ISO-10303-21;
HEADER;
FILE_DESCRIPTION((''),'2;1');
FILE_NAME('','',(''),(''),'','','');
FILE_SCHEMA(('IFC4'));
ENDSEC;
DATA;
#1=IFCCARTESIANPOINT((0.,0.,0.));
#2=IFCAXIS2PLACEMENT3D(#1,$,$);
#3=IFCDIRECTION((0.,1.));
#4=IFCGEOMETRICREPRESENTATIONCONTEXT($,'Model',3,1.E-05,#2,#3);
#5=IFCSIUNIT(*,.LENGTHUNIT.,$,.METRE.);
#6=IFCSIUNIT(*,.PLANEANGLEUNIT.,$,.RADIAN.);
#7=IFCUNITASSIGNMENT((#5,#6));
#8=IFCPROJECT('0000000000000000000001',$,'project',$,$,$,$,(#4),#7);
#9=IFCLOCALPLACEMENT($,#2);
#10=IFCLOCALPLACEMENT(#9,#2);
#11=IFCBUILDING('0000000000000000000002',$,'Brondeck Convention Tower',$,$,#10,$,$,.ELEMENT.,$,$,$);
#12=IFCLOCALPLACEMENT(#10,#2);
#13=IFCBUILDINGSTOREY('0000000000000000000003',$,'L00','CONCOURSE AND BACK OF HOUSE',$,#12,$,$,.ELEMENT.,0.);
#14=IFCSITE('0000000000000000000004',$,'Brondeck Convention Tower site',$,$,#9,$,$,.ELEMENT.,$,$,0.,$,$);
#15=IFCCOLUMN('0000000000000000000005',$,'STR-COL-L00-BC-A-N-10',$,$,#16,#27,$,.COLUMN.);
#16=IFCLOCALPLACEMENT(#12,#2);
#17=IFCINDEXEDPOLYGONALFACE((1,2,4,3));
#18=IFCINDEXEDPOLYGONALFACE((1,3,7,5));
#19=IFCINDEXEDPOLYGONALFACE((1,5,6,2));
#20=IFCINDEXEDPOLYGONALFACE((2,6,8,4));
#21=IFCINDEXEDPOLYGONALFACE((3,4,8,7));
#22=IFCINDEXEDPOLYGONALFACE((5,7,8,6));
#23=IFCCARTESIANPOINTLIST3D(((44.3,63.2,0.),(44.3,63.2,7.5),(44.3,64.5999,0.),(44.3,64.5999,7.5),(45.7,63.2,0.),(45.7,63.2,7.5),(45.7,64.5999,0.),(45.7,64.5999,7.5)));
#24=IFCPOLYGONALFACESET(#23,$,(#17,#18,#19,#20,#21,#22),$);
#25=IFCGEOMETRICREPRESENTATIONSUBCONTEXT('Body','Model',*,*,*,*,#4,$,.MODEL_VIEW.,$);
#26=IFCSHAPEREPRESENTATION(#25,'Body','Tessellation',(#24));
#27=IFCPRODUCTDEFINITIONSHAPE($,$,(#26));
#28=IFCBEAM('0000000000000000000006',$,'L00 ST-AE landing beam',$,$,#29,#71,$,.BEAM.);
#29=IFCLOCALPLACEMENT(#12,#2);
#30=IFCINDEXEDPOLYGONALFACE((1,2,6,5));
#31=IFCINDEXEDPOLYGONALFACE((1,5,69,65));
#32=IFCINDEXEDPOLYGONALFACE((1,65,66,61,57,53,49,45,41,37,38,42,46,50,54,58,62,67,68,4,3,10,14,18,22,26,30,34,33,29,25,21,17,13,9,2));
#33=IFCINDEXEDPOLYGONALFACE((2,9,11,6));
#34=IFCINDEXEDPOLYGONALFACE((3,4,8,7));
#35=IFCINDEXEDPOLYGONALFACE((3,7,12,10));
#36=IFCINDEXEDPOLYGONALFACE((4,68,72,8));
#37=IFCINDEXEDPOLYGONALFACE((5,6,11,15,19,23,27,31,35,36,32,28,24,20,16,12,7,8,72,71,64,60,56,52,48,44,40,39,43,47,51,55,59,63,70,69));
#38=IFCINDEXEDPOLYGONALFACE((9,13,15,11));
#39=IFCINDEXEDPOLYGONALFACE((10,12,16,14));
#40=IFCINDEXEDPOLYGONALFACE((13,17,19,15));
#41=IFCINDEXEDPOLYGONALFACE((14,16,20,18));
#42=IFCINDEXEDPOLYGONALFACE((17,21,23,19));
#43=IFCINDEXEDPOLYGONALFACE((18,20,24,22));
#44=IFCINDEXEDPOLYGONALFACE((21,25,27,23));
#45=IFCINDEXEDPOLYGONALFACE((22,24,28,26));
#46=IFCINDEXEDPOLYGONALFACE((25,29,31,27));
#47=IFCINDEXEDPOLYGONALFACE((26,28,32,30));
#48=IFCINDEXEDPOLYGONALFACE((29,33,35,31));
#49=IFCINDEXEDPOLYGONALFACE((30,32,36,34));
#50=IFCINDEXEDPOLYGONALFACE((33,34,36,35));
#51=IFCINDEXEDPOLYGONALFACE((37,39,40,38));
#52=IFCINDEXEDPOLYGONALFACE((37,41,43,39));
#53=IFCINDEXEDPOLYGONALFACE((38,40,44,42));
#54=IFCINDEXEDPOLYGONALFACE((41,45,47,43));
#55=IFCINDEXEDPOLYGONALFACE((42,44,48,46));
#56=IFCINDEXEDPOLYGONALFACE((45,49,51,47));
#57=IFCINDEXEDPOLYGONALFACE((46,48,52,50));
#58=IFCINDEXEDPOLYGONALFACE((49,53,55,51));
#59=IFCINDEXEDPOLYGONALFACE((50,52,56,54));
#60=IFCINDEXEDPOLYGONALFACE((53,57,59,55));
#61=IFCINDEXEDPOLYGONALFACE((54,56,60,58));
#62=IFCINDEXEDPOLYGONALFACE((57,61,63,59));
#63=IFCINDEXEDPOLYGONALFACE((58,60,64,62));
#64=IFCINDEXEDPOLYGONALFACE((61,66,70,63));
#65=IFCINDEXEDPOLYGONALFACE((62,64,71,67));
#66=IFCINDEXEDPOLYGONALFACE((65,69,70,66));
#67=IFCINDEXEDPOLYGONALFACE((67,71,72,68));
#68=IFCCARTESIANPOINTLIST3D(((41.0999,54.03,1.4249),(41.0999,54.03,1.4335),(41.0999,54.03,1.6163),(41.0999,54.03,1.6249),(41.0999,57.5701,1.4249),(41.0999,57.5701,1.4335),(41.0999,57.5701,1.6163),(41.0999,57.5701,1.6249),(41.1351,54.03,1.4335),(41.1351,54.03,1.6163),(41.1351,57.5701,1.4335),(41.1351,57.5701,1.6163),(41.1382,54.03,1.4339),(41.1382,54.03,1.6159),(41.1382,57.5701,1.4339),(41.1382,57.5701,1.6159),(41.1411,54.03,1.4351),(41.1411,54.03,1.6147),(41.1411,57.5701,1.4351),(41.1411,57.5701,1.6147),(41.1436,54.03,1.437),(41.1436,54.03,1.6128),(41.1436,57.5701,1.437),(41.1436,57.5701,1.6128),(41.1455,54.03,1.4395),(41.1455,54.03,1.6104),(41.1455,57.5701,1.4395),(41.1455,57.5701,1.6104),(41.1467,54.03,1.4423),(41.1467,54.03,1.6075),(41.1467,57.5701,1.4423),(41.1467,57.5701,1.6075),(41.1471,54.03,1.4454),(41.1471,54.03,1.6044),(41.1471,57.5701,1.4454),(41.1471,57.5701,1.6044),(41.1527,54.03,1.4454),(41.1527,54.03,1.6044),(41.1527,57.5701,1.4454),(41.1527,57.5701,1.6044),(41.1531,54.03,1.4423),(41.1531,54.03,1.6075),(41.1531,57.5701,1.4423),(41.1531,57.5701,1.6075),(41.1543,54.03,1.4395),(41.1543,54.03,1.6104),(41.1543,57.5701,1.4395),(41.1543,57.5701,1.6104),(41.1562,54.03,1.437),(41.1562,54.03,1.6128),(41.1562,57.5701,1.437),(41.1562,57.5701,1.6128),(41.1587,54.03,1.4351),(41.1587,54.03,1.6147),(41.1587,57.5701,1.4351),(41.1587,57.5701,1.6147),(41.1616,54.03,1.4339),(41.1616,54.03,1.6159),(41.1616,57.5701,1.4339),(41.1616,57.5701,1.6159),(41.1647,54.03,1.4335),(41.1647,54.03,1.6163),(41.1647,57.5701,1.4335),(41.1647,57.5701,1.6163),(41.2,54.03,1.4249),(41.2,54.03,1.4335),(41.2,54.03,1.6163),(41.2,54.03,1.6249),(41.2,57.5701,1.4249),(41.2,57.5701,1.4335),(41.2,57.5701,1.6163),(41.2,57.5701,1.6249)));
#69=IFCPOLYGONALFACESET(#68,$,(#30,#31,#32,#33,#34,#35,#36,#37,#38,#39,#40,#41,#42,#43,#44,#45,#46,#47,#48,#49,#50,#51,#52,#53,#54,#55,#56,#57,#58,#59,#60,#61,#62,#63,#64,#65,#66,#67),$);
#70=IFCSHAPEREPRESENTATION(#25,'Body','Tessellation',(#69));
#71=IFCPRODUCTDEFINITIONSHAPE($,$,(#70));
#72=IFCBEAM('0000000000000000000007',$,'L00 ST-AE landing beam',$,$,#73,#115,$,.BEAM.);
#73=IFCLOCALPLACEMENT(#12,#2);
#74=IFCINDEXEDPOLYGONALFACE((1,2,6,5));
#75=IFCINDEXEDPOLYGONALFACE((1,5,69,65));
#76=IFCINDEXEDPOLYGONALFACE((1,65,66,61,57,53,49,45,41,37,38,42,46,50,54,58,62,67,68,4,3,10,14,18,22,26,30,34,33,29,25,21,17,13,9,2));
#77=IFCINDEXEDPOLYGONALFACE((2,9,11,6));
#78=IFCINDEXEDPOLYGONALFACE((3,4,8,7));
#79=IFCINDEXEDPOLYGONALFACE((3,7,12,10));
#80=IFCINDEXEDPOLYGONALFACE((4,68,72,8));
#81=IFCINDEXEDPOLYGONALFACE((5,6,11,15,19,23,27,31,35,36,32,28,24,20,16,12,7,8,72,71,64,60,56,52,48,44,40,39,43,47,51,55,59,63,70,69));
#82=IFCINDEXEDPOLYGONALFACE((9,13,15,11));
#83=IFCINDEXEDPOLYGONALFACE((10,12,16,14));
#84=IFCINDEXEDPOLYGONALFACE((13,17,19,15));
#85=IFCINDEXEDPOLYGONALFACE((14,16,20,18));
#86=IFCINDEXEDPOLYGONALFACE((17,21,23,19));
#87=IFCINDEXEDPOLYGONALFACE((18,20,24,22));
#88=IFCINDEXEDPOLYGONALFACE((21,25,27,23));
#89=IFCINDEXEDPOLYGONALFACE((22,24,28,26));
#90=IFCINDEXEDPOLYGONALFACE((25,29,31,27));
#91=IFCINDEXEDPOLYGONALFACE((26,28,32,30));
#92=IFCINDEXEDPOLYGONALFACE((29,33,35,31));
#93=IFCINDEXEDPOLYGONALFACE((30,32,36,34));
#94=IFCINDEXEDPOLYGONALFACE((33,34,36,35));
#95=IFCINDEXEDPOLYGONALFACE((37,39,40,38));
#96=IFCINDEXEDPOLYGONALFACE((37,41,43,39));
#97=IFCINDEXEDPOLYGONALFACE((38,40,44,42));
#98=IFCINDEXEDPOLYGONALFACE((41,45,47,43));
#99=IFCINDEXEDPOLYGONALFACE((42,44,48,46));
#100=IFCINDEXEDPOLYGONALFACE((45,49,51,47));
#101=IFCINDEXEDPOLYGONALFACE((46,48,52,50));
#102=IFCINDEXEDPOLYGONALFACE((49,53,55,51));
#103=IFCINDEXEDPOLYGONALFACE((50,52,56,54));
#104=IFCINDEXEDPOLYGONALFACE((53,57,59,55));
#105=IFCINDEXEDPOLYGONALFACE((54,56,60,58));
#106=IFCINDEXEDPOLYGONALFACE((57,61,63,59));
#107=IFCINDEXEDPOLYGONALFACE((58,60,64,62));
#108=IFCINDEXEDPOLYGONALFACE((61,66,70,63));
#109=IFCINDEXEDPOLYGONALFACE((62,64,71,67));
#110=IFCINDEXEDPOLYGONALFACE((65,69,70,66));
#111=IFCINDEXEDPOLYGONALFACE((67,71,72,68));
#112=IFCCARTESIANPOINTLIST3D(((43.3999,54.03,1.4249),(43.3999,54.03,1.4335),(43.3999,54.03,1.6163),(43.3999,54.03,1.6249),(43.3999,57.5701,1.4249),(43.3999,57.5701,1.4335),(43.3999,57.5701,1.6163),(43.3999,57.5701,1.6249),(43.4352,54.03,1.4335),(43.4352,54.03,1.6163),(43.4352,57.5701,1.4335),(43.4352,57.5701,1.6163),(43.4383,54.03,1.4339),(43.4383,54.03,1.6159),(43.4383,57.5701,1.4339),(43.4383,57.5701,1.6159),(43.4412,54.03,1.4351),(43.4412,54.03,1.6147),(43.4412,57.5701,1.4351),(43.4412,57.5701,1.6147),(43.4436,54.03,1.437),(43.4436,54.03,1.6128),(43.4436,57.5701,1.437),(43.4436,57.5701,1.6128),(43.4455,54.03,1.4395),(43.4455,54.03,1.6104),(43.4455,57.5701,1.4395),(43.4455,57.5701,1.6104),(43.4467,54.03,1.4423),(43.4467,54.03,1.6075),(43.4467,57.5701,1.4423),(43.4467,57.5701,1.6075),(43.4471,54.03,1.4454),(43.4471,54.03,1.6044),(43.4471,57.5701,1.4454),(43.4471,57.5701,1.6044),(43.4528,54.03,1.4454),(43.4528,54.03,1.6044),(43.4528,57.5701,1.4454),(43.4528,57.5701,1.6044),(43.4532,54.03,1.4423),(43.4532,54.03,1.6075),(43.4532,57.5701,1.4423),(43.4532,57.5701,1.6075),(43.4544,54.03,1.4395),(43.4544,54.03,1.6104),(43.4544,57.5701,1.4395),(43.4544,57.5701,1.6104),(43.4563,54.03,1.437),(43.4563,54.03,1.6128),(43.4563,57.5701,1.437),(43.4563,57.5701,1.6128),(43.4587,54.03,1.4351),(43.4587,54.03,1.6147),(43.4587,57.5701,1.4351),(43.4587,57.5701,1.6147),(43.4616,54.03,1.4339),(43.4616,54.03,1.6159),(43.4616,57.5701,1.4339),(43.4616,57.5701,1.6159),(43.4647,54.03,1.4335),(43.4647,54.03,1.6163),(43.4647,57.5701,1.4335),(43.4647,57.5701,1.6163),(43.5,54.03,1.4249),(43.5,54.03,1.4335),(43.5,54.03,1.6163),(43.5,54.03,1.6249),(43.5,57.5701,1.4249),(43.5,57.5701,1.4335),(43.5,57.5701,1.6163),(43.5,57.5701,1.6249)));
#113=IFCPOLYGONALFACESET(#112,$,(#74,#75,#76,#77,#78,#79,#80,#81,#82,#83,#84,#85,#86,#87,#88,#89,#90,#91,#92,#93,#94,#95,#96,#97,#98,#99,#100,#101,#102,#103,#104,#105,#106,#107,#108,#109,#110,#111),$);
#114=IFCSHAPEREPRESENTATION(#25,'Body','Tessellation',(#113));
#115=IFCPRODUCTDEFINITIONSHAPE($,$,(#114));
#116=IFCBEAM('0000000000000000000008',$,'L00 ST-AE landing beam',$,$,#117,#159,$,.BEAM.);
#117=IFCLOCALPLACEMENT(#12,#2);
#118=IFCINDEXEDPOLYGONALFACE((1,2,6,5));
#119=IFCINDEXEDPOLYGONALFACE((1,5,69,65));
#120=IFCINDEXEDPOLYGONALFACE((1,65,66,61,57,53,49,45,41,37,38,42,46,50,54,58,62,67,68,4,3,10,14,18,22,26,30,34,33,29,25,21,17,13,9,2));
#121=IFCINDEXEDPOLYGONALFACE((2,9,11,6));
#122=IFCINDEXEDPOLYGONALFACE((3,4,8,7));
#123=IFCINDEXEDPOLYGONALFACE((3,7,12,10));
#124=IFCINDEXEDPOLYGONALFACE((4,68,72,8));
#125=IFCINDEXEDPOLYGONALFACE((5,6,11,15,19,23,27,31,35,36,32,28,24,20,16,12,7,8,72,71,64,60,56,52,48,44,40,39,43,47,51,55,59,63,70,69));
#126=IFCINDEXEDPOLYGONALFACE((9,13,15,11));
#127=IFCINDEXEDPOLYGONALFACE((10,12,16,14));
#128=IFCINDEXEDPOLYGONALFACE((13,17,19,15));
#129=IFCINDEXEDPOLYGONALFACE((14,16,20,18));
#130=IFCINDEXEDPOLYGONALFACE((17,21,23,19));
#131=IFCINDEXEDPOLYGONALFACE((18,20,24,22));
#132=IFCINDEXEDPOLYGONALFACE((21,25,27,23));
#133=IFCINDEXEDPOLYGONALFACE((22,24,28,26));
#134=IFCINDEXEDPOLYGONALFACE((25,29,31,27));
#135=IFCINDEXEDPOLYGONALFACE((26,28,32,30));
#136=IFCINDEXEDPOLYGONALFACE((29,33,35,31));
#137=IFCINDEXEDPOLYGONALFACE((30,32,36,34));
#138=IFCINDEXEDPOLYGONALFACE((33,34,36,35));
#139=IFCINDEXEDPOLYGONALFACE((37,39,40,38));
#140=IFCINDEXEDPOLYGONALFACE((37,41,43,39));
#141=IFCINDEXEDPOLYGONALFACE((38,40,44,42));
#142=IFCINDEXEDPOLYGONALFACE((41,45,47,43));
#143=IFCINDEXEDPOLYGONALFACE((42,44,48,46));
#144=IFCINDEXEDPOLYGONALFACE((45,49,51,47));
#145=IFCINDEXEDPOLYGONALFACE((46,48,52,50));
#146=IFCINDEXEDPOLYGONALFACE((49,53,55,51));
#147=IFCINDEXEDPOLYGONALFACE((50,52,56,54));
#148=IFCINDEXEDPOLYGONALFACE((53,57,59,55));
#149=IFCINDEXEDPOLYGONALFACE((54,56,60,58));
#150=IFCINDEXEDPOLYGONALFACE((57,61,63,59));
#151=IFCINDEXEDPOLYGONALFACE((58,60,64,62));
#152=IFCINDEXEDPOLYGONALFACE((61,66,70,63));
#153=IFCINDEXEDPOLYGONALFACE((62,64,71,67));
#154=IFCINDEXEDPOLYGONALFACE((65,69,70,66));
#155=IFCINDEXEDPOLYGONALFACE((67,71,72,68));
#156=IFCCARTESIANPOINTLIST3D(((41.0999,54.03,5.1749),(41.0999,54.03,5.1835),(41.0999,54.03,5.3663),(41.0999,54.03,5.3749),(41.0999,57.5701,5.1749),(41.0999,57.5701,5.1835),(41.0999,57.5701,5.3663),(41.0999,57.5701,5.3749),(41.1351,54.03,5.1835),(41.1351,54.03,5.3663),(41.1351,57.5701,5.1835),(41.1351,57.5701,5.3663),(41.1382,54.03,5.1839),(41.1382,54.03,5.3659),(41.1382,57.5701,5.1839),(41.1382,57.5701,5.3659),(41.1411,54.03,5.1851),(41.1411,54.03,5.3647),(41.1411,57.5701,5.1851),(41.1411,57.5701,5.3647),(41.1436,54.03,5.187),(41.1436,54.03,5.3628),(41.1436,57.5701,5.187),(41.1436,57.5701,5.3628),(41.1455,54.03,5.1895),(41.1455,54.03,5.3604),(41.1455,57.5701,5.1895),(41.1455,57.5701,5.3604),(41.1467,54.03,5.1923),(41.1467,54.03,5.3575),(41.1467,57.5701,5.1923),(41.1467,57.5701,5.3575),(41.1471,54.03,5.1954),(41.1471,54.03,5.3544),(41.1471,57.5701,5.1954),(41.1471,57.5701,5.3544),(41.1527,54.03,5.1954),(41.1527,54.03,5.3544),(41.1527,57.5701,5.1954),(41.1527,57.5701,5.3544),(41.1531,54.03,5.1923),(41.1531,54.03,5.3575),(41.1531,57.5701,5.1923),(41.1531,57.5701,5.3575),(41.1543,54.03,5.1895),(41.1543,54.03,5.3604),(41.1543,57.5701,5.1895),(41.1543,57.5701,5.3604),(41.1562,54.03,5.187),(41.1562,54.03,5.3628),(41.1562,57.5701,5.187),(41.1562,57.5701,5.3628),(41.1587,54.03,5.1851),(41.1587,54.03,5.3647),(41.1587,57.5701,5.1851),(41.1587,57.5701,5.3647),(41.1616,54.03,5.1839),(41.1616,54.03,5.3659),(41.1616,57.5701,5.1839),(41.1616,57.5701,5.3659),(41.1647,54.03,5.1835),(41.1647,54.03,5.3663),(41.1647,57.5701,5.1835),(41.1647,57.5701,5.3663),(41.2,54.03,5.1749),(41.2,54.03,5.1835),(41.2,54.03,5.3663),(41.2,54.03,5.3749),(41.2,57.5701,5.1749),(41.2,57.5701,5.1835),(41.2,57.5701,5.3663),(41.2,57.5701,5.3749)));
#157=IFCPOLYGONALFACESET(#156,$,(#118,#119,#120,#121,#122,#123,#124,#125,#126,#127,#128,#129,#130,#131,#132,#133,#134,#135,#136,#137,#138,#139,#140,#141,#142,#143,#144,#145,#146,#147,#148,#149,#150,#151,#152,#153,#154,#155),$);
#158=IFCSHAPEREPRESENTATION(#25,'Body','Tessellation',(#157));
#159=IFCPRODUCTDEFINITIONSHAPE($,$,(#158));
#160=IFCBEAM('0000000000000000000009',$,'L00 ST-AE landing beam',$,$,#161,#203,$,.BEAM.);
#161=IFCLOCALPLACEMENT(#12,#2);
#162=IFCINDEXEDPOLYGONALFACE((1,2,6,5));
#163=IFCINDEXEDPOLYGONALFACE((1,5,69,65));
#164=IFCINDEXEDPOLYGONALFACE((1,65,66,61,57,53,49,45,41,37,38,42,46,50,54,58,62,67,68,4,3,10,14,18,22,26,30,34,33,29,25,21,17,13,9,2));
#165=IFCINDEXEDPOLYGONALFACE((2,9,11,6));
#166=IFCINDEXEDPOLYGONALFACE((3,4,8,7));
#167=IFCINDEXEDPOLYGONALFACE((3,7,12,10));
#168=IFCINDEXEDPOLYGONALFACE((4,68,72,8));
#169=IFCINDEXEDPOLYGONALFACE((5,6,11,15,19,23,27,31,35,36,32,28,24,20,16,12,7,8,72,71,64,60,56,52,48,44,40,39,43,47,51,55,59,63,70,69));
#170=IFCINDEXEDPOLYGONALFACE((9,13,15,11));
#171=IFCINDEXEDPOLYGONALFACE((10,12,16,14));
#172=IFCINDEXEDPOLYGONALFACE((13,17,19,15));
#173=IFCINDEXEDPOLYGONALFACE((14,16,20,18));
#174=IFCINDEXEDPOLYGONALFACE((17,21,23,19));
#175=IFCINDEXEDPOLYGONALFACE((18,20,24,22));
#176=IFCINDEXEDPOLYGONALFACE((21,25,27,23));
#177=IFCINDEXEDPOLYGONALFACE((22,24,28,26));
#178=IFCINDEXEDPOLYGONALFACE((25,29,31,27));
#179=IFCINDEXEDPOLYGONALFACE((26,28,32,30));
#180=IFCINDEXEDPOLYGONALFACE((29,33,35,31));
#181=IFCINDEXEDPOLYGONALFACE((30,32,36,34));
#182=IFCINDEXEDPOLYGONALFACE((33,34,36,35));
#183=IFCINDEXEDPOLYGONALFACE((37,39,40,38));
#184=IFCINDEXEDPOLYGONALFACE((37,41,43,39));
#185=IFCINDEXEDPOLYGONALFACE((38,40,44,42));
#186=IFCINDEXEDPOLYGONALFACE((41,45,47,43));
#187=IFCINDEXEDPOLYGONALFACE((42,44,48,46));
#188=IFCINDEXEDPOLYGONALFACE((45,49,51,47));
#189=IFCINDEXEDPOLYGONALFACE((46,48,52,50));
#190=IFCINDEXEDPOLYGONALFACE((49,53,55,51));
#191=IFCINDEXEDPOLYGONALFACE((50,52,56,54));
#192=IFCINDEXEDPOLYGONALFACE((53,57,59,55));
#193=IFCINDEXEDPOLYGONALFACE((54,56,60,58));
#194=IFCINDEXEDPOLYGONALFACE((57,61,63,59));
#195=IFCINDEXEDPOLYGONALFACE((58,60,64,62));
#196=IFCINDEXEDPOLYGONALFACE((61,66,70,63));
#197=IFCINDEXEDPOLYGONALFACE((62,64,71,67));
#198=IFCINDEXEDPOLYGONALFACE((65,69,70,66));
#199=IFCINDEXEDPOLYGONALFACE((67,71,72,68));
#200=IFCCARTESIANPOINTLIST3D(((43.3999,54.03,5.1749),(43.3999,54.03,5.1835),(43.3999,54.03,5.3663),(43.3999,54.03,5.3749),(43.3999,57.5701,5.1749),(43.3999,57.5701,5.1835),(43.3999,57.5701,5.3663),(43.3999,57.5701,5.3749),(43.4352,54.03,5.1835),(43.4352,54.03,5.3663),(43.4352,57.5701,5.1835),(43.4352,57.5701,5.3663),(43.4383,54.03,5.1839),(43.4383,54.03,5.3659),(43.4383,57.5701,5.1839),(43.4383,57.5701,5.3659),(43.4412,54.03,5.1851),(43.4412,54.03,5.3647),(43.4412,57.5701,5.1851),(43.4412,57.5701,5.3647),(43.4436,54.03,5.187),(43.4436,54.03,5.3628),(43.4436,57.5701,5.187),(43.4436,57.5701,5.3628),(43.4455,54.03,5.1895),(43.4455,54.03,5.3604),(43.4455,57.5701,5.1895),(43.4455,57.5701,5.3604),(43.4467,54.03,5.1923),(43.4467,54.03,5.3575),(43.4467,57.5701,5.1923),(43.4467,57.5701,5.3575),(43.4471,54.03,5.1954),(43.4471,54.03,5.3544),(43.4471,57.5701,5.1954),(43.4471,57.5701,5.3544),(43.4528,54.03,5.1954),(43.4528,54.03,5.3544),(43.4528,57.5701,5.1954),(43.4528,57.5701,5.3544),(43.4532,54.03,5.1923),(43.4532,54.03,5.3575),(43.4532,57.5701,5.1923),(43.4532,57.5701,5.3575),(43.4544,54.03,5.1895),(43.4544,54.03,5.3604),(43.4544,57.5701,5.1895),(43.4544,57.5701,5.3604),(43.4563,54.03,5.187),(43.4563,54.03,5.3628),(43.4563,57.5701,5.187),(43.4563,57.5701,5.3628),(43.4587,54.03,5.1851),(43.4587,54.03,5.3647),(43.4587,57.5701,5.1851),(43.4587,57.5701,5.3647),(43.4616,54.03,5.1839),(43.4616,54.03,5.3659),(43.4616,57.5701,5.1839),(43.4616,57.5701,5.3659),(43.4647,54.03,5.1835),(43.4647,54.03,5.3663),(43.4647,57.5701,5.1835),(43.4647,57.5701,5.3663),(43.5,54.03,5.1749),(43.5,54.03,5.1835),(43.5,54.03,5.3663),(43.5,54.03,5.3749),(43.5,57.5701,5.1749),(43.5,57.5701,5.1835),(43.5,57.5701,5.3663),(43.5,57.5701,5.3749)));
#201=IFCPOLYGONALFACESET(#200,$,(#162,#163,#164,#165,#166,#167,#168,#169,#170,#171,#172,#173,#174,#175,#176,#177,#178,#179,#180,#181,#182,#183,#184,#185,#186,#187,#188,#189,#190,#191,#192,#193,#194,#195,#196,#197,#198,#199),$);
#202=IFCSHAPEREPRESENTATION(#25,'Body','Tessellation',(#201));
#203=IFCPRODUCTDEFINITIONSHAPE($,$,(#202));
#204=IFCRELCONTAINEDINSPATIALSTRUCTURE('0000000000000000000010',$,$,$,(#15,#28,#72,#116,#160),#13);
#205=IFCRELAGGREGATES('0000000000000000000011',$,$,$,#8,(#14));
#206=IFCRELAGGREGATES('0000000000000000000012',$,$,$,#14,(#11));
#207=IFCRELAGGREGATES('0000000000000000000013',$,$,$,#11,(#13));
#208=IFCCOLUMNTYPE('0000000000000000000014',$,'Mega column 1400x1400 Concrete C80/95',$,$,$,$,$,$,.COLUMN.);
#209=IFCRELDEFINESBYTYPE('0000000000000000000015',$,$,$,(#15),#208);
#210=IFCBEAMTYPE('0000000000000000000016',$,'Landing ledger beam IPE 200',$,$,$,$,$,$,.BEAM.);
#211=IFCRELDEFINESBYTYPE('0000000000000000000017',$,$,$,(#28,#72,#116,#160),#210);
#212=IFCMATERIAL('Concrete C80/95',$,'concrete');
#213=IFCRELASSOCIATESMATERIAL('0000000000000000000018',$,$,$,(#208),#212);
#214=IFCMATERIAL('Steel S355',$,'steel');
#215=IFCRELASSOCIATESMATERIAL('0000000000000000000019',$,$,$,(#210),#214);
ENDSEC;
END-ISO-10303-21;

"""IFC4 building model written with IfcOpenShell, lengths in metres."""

from ifc_helpers import new_model, si_unit, direction, frame, origin, origin_2d, place, context, subcontext, project, spatial, rectangle, i_section, extrude, material, material_profile, profile_set, type_object, element, save


model = new_model("IFC4")

# Units and contexts
model_context = context("Model", 3, precision=1e-05, world=origin(), true_north=direction((0.0, 1.0)))
body_context = subcontext(model_context, "Body", "Model", "MODEL_VIEW")
ifc_project = project(units=[si_unit("LENGTHUNIT", "METRE"), si_unit("PLANEANGLEUNIT", "RADIAN")], contexts=[model_context])

# Site, building, storey
site_placement = place(None, origin())
site = spatial("IfcSite", under=ifc_project, at=site_placement, Name="Brondeck Convention Tower site", CompositionType="ELEMENT", RefElevation=0.0)
building_placement = place(site_placement, origin())
building = spatial("IfcBuilding", under=site, at=building_placement, Name="Brondeck Convention Tower", CompositionType="ELEMENT")
storey_placement = place(building_placement, origin())
storey = spatial("IfcBuildingStorey", under=building, at=storey_placement, Name="L00", Description="CONCOURSE AND BACK OF HOUSE", CompositionType="ELEMENT", Elevation=0.0)

# Column
ifc_material_1 = material(Name="Concrete C80/95", Category="concrete")
ifc_material_profile_1 = material_profile(ifc_material_1, rectangle(XDim=1.3999, YDim=1.3999, at=origin_2d()), Name="Mega column 1400x1400 Concrete C80/95")
ifc_profile_set_1 = profile_set([ifc_material_profile_1], Name="Concrete C80/95")
column_type = type_object("IfcColumnType", Name="Mega column 1400x1400 Concrete C80/95", PredefinedType="COLUMN", material=ifc_profile_set_1)
column_placement = place(storey_placement, frame((45.0, 63.8999, 0.0), z_axis=(0.0, 0.0, 1.0), x_axis=(1.0, 0.0, 0.0)))
element("IfcColumn", 1, at=column_placement, inside=storey, type_object=column_type, Name="STR-COL-L00-BC-A-N-10", PredefinedType="COLUMN", context=body_context, shape_type="SweptSolid", body=[
    extrude(rectangle(XDim=1.3999, YDim=1.3999, at=origin_2d()), origin(), (0.0, 0.0, 1.0), 7.5),
])

# Beams
ifc_material_2 = material(Name="Steel S355", Category="steel")
ifc_material_profile_2 = material_profile(ifc_material_2, i_section(OverallWidth=0.1001, OverallDepth=0.2, WebThickness=0.0056, FlangeThickness=0.0085, FilletRadius=0.012, at=origin_2d()), Name="IPE200")
ifc_profile_set_2 = profile_set([ifc_material_profile_2], Name="Steel S355")
beam_type = type_object("IfcBeamType", Name="Landing ledger beam IPE 200", PredefinedType="BEAM", material=ifc_profile_set_2)
for number, where, z_axis, x_axis, name in (
    (2, (41.1499, 54.03, 1.5249), (0.0, 1.0, 0.0), (-1.0, 0.0, 0.0), "L00 ST-AE landing beam"),
    (3, (43.45, 54.03, 1.5249), (0.0, 1.0, 0.0), (-1.0, 0.0, 0.0), "L00 ST-AE landing beam"),
    (4, (41.1499, 54.03, 5.2749), (0.0, 1.0, 0.0), (-1.0, 0.0, 0.0), "L00 ST-AE landing beam"),
    (5, (43.45, 54.03, 5.2749), (0.0, 1.0, 0.0), (-1.0, 0.0, 0.0), "L00 ST-AE landing beam"),
):
    element("IfcBeam", number, at=place(storey_placement, frame(where, z_axis=z_axis, x_axis=x_axis)), inside=storey, type_object=beam_type, Name=name, PredefinedType="BEAM", context=body_context, shape_type="SweptSolid", body=[
        extrude(i_section(OverallWidth=0.1001, OverallDepth=0.2, WebThickness=0.0056, FlangeThickness=0.0085, FilletRadius=0.012, at=origin_2d()), origin(), (0.0, 0.0, 1.0), 3.54),
    ])

save(model, "model.ifc")
